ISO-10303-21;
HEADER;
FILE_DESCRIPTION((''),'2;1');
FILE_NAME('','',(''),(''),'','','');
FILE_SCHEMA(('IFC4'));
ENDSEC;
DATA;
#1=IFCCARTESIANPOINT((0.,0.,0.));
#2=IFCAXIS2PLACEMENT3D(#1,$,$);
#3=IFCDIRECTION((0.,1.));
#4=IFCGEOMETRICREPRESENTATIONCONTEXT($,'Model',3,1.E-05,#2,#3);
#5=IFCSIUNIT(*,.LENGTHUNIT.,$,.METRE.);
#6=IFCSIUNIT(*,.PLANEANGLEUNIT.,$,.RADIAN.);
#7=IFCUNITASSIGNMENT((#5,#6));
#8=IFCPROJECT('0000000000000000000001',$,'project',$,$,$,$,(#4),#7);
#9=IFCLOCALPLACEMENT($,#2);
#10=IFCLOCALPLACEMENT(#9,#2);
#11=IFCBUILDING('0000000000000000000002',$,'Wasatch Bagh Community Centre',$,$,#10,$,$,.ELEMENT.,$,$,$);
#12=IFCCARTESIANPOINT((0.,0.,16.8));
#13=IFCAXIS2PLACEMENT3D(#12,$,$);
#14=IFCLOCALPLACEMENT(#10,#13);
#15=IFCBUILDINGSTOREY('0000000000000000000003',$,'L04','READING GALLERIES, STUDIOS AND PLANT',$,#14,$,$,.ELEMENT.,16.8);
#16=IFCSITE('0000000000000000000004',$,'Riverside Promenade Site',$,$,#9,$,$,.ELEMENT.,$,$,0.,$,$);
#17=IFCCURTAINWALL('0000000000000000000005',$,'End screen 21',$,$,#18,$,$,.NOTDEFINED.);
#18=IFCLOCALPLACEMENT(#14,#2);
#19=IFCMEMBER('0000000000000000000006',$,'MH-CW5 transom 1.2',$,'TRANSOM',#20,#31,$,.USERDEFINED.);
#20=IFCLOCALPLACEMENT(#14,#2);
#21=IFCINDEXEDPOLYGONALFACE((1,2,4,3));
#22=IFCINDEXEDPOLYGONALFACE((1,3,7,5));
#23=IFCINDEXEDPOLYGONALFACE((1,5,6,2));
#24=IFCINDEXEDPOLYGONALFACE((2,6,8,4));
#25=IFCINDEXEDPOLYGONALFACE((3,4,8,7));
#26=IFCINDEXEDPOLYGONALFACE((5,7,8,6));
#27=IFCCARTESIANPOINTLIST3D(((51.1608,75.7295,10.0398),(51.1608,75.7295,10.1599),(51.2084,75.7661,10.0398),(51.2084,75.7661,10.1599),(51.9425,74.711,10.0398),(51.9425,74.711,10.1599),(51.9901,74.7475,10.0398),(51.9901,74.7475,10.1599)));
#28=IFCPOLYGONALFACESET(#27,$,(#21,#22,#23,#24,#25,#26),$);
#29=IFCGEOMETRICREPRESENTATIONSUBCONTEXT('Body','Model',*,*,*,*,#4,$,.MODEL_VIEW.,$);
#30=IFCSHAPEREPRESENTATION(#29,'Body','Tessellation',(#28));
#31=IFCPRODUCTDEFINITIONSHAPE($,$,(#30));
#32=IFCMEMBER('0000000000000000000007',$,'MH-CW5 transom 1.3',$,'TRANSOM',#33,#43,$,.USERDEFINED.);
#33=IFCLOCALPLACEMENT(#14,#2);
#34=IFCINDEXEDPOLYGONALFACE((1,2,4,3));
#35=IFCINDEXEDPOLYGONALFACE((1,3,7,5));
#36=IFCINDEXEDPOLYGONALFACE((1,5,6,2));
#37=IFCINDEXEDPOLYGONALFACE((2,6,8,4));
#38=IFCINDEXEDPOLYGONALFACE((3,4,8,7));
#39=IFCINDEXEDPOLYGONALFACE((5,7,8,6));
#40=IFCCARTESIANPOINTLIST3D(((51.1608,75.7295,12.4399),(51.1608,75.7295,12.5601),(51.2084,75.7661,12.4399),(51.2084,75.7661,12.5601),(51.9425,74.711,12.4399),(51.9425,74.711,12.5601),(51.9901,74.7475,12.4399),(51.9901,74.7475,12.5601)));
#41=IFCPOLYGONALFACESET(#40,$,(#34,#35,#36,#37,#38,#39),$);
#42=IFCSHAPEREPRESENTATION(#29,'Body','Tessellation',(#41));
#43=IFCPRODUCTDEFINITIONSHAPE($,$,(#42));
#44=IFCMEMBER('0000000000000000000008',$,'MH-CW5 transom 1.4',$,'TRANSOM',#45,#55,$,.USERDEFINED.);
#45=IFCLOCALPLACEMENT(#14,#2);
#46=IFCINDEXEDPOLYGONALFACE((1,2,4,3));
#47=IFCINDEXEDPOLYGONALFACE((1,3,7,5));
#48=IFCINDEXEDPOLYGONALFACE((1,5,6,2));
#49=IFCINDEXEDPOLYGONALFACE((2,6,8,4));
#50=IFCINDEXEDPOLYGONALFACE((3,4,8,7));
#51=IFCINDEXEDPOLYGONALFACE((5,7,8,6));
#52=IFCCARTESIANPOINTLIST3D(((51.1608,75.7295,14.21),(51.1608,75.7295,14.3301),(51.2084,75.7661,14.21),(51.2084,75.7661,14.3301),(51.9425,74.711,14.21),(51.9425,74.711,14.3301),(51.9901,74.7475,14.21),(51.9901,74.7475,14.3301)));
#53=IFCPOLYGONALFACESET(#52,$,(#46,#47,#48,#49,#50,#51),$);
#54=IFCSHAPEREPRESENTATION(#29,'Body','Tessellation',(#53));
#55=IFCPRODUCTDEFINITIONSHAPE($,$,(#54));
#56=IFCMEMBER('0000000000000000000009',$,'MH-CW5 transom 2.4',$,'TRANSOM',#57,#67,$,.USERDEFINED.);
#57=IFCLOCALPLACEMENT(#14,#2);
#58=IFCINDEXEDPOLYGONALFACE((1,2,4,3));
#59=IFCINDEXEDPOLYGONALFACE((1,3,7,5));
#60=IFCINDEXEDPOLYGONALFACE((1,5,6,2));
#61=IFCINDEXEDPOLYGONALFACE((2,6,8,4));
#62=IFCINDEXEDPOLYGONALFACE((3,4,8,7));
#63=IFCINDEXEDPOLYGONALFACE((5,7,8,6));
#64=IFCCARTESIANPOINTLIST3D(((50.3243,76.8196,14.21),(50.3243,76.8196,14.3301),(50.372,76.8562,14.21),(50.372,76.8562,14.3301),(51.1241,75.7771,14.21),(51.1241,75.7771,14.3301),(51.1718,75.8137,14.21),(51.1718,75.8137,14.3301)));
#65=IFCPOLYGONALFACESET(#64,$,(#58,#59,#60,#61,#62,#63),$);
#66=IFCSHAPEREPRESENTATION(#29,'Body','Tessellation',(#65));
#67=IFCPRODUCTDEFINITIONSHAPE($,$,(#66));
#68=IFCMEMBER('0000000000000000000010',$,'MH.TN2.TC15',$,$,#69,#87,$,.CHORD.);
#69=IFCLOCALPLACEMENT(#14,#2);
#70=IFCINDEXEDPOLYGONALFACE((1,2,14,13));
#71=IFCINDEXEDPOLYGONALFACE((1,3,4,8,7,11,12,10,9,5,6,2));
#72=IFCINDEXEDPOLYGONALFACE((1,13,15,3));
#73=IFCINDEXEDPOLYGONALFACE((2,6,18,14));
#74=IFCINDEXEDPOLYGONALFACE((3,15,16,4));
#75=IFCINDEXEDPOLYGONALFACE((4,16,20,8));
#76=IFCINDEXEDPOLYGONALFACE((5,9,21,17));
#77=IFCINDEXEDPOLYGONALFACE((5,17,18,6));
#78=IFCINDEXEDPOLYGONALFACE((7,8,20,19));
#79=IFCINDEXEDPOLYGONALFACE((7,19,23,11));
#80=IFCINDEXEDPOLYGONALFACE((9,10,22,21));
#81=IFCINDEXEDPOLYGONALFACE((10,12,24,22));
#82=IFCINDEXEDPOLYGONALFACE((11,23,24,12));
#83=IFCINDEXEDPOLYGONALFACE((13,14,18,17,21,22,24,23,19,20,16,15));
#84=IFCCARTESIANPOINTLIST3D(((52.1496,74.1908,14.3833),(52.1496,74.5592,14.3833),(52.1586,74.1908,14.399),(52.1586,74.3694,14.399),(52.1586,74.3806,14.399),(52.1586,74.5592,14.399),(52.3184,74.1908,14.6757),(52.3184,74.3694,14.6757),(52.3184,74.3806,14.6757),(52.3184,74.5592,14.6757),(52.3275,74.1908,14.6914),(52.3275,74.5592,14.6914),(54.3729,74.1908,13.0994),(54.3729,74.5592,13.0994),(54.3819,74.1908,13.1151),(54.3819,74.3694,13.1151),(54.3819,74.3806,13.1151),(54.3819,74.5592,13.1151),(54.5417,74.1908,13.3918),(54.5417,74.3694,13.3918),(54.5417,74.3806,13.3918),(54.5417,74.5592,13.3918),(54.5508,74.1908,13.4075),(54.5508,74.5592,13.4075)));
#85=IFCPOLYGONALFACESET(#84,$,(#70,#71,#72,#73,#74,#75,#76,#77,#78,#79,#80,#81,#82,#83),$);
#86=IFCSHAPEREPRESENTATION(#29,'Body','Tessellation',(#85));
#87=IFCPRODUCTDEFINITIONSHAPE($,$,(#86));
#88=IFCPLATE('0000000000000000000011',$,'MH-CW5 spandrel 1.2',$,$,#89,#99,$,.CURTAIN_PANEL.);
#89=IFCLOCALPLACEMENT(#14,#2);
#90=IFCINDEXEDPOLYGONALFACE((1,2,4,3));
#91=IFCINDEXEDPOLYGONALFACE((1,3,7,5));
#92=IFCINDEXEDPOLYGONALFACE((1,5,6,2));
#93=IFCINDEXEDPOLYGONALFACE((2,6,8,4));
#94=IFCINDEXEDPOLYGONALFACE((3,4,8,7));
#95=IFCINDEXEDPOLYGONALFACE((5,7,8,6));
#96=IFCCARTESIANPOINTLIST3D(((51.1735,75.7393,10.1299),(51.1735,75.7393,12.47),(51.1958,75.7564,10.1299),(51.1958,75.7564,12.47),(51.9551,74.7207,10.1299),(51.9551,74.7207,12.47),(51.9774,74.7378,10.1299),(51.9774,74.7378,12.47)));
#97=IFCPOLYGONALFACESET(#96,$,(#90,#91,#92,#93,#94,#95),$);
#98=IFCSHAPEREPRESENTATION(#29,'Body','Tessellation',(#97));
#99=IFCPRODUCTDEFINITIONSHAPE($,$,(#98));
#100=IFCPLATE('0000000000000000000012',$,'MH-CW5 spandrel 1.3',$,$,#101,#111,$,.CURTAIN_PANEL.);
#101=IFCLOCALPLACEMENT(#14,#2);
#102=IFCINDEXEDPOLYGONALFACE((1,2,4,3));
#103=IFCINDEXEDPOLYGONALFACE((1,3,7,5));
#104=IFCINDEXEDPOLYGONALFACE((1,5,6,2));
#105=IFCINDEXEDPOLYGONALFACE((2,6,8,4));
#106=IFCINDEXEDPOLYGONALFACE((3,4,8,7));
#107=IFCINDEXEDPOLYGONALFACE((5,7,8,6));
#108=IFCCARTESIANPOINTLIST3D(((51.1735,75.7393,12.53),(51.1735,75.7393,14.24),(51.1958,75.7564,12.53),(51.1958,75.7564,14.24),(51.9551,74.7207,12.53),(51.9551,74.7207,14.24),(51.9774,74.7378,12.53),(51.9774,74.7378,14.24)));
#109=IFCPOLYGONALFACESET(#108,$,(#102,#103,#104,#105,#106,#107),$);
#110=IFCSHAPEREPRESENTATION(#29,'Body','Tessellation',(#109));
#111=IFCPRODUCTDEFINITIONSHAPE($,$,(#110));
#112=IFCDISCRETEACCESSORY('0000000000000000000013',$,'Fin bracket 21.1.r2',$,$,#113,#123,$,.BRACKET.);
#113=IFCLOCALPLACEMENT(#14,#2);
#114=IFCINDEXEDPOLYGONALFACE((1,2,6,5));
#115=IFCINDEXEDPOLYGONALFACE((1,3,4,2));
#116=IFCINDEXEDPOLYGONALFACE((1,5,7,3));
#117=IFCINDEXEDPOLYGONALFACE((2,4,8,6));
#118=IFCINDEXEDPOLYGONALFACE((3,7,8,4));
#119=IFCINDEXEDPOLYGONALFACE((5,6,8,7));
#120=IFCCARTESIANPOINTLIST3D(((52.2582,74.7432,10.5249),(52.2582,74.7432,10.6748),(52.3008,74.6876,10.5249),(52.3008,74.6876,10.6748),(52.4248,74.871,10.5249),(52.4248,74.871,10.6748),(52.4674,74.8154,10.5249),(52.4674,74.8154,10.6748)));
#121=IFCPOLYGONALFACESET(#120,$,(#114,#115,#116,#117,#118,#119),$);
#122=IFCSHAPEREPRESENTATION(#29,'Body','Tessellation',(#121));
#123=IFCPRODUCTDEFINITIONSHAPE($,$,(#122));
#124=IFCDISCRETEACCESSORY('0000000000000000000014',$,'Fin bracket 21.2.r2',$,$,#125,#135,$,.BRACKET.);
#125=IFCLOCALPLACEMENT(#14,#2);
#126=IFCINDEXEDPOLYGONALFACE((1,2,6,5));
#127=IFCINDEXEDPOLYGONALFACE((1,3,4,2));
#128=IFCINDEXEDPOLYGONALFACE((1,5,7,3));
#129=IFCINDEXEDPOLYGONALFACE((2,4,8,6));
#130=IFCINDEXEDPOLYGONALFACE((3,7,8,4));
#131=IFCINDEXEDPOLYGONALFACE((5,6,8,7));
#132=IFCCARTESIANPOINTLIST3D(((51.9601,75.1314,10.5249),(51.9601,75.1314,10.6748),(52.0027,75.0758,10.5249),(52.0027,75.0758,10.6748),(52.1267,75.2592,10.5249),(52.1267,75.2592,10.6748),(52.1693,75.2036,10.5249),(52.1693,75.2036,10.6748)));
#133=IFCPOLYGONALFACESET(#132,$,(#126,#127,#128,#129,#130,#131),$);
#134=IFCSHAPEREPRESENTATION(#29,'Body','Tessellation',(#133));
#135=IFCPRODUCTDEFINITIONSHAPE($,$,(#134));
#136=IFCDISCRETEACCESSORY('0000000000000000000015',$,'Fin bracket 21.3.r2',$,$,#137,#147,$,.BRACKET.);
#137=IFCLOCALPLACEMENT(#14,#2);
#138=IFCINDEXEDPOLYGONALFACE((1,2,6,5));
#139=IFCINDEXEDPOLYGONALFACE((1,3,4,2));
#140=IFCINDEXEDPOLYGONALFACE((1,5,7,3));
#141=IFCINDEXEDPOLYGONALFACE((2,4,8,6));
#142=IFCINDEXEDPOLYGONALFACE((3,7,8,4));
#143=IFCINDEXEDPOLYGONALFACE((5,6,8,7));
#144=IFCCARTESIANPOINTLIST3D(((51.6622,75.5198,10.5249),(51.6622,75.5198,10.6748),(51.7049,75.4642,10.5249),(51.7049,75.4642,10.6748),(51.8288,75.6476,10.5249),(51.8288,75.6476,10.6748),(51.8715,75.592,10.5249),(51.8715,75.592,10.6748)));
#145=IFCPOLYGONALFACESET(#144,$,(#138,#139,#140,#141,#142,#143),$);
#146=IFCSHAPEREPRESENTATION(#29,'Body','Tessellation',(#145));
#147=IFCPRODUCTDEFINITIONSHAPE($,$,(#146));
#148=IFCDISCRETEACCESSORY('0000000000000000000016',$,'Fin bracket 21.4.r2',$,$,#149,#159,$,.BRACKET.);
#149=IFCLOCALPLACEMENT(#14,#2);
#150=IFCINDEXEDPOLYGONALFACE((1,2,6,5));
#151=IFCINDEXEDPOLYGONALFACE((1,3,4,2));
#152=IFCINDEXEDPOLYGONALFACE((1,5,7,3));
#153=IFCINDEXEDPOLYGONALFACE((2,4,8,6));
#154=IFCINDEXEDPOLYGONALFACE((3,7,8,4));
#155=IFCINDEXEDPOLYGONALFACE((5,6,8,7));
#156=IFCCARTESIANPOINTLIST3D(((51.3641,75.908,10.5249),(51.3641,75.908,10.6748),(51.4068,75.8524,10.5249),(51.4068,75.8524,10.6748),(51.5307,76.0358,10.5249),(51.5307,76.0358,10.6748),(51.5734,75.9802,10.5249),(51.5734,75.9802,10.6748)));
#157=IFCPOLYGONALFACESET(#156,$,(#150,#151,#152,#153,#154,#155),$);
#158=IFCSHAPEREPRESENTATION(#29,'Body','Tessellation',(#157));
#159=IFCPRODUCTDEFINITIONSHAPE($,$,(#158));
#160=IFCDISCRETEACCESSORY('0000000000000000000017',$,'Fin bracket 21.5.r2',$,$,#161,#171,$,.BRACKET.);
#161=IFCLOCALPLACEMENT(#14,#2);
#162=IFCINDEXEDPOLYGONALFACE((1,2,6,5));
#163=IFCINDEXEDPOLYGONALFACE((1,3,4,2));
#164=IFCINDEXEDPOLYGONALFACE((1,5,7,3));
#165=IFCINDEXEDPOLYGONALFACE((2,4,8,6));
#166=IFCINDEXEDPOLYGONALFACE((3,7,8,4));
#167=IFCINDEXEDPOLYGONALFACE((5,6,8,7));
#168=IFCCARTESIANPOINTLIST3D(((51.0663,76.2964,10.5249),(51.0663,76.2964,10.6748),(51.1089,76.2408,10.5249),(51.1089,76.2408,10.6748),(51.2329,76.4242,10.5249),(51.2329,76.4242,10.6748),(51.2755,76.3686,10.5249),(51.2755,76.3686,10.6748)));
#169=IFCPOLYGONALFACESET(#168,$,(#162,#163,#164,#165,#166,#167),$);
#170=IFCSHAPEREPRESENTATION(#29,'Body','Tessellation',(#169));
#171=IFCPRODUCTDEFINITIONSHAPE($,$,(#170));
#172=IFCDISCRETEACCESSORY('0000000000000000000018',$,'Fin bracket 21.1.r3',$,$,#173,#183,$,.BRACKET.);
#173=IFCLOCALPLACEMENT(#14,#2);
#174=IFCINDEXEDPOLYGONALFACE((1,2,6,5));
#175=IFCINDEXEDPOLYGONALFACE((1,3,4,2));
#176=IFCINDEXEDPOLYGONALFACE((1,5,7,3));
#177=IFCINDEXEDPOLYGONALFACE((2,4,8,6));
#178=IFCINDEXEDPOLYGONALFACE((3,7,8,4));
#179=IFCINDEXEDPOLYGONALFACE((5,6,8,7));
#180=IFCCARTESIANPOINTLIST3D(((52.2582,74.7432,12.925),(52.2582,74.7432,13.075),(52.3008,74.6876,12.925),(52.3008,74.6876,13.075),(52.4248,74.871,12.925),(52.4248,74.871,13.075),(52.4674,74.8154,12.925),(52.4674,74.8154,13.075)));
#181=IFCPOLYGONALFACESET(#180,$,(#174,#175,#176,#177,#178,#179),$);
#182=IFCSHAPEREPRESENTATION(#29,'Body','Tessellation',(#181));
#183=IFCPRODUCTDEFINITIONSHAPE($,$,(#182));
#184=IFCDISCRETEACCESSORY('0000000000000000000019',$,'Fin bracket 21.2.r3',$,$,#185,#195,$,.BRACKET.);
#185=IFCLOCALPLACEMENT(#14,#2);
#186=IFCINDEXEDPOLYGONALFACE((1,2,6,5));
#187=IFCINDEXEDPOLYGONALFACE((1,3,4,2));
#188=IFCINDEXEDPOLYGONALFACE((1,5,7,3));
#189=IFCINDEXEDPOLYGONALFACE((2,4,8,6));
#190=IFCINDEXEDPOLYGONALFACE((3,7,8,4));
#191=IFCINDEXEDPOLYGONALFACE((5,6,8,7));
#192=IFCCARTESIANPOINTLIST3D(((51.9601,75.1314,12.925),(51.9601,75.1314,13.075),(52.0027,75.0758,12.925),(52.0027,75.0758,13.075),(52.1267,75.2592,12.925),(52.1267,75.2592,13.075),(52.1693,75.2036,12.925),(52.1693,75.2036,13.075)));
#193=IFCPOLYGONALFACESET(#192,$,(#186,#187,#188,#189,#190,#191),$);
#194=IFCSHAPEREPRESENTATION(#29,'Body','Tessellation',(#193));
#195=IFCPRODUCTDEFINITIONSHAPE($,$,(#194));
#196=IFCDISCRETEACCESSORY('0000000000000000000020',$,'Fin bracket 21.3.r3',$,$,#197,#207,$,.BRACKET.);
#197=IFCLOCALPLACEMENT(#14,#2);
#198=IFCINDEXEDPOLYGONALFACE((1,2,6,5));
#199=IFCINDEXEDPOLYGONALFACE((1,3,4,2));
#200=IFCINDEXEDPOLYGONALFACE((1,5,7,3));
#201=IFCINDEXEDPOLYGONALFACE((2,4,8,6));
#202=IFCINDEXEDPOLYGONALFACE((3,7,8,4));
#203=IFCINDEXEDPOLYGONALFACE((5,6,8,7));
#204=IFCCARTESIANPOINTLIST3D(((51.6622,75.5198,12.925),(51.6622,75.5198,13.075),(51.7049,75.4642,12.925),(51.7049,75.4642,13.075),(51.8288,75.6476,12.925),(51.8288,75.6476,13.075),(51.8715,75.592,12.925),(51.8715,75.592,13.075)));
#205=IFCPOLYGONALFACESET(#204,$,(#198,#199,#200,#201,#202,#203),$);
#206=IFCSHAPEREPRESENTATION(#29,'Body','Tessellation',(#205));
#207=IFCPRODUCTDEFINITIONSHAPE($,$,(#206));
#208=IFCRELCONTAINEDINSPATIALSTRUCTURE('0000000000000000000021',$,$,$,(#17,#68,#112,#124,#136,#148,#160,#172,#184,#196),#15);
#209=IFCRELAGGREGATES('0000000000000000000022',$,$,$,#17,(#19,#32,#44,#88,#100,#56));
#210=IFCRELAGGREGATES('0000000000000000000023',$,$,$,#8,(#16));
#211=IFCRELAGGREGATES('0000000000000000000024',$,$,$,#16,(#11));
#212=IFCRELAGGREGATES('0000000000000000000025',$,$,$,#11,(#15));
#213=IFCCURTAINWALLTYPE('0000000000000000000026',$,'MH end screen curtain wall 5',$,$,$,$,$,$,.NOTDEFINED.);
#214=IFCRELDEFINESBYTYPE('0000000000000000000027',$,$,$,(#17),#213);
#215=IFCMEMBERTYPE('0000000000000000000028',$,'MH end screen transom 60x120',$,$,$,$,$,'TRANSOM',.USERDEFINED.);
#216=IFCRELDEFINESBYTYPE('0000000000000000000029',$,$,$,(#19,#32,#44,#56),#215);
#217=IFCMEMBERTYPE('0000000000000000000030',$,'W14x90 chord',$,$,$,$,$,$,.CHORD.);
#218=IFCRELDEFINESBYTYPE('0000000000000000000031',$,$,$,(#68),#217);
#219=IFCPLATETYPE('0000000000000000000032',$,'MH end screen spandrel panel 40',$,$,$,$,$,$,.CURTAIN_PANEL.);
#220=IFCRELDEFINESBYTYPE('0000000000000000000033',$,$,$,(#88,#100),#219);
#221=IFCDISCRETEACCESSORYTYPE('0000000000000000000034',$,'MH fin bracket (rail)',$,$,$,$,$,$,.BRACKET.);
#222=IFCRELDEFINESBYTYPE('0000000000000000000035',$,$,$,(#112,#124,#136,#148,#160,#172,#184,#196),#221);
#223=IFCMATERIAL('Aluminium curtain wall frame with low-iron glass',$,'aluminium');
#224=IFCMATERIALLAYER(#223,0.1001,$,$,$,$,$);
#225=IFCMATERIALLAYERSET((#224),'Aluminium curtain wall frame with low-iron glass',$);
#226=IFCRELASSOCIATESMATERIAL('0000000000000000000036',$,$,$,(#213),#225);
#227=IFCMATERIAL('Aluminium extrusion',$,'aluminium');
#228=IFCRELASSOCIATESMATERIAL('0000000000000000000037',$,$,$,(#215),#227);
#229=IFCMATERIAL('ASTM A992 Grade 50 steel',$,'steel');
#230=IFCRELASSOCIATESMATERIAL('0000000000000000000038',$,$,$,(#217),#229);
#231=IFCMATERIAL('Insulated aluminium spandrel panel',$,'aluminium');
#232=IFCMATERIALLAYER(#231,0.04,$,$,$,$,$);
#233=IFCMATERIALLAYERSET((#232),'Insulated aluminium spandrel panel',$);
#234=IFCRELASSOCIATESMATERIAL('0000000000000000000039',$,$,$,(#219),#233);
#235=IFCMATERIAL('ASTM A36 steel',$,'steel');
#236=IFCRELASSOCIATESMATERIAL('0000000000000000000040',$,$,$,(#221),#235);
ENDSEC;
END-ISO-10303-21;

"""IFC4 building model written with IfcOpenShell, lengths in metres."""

from ifc_helpers import new_model, si_unit, direction, frame, origin, origin_2d, place, context, subcontext, project, spatial, rectangle, i_section, extrude, material, layer, layer_set, material_profile, profile_set, type_object, element, aggregate, save


model = new_model("IFC4")

# Units and contexts
model_context = context("Model", 3, precision=1e-05, world=origin(), true_north=direction((0.0, 1.0)))
body_context = subcontext(model_context, "Body", "Model", "MODEL_VIEW")
ifc_project = project(units=[si_unit("LENGTHUNIT", "METRE"), si_unit("PLANEANGLEUNIT", "RADIAN")], contexts=[model_context])

# Site, building, storey
site_placement = place(None, origin())
site = spatial("IfcSite", under=ifc_project, at=site_placement, Name="Riverside Promenade Site", CompositionType="ELEMENT", RefElevation=0.0)
building_placement = place(site_placement, origin())
building = spatial("IfcBuilding", under=site, at=building_placement, Name="Wasatch Bagh Community Centre", CompositionType="ELEMENT")
storey_placement = place(building_placement, frame((0.0, 0.0, 16.8)))
storey = spatial("IfcBuildingStorey", under=building, at=storey_placement, Name="L04", Description="READING GALLERIES, STUDIOS AND PLANT", CompositionType="ELEMENT", Elevation=16.8)

# Curtain wall, members
ifc_material_1 = material(Name="Aluminium curtain wall frame with low-iron glass", Category="aluminium")
ifc_layer_1 = layer(ifc_material_1, 0.1001)
ifc_layer_set_1 = layer_set([ifc_layer_1], Name="Aluminium curtain wall frame with low-iron glass")
curtain_wall_type = type_object("IfcCurtainWallType", Name="MH end screen curtain wall 5", PredefinedType="NOTDEFINED", material=ifc_layer_set_1)
curtain_wall_placement = place(storey_placement, origin())
curtain_wall = element("IfcCurtainWall", 1, at=curtain_wall_placement, inside=storey, type_object=curtain_wall_type, Name="End screen 21", PredefinedType="NOTDEFINED")
ifc_material_2 = material(Name="Aluminium extrusion", Category="aluminium")
ifc_material_profile_1 = material_profile(ifc_material_2, rectangle(XDim=0.0601, YDim=0.1201, at=origin_2d()), Name="AL 60x120")
ifc_profile_set_1 = profile_set([ifc_material_profile_1], Name="Aluminium extrusion")
member_type_1 = type_object("IfcMemberType", Name="MH end screen transom 60x120", ElementType="TRANSOM", PredefinedType="USERDEFINED", material=ifc_profile_set_1)
member_1_placement = place(storey_placement, frame((51.9663, 74.7292, 10.0999), z_axis=(-0.608847, 0.793288, 0.0), x_axis=(-0.793288, -0.608847, 0.0)))
member_1 = element("IfcMember", 2, at=member_1_placement, type_object=member_type_1, Name="MH-CW5 transom 1.2", ObjectType="TRANSOM", PredefinedType="USERDEFINED", context=body_context, shape_type="SweptSolid", body=[
    extrude(rectangle(XDim=0.0601, YDim=0.1201, at=origin_2d()), origin(), (0.0, 0.0, 1.0), 1.2839),
])
member_2_placement = place(storey_placement, frame((51.9663, 74.7292, 12.5), z_axis=(-0.608847, 0.793288, 0.0), x_axis=(-0.793288, -0.608847, 0.0)))
member_2 = element("IfcMember", 3, at=member_2_placement, type_object=member_type_1, Name="MH-CW5 transom 1.3", ObjectType="TRANSOM", PredefinedType="USERDEFINED", context=body_context, shape_type="SweptSolid", body=[
    extrude(rectangle(XDim=0.0601, YDim=0.1201, at=origin_2d()), origin(), (0.0, 0.0, 1.0), 1.2839),
])
member_3_placement = place(storey_placement, frame((51.9663, 74.7292, 14.27), z_axis=(-0.608847, 0.793288, 0.0), x_axis=(-0.793288, -0.608847, 0.0)))
member_3 = element("IfcMember", 4, at=member_3_placement, type_object=member_type_1, Name="MH-CW5 transom 1.4", ObjectType="TRANSOM", PredefinedType="USERDEFINED", context=body_context, shape_type="SweptSolid", body=[
    extrude(rectangle(XDim=0.0601, YDim=0.1201, at=origin_2d()), origin(), (0.0, 0.0, 1.0), 1.2839),
])
member_4_placement = place(storey_placement, frame((51.1479, 75.7954, 14.27), z_axis=(-0.608705, 0.793397, 0.0), x_axis=(-0.793397, -0.608705, 0.0)))
member_4 = element("IfcMember", 5, at=member_4_placement, type_object=member_type_1, Name="MH-CW5 transom 2.4", ObjectType="TRANSOM", PredefinedType="USERDEFINED", context=body_context, shape_type="SweptSolid", body=[
    extrude(rectangle(XDim=0.0601, YDim=0.1201, at=origin_2d()), origin(), (0.0, 0.0, 1.0), 1.314),
])

# Member
ifc_material_3 = material(Name="ASTM A992 Grade 50 steel", Category="steel")
ifc_material_profile_2 = material_profile(ifc_material_3, i_section(OverallWidth=0.3684, OverallDepth=0.3557, WebThickness=0.0112, FlangeThickness=0.0181, at=origin_2d()), Name="W14x90")
ifc_profile_set_2 = profile_set([ifc_material_profile_2], Name="ASTM A992 Grade 50 steel")
member_type_2 = type_object("IfcMemberType", Name="W14x90 chord", PredefinedType="CHORD", material=ifc_profile_set_2)
member_5_placement = place(storey_placement, frame((52.2385, 74.375, 14.5374), z_axis=(0.865981, 0.0, -0.500076), x_axis=(0.0, 1.0, 0.0)))
element("IfcMember", 6, at=member_5_placement, inside=storey, type_object=member_type_2, Name="MH.TN2.TC15", PredefinedType="CHORD", context=body_context, shape_type="SweptSolid", body=[
    extrude(i_section(OverallWidth=0.3684, OverallDepth=0.3557, WebThickness=0.0112, FlangeThickness=0.0181, at=origin_2d()), origin(), (0.0, 0.0, 1.0), 2.5674),
])

# Plates
ifc_material_4 = material(Name="Insulated aluminium spandrel panel", Category="aluminium")
ifc_layer_2 = layer(ifc_material_4, 0.04)
ifc_layer_set_2 = layer_set([ifc_layer_2], Name="Insulated aluminium spandrel panel")
plate_type = type_object("IfcPlateType", Name="MH end screen spandrel panel 40", PredefinedType="CURTAIN_PANEL", material=ifc_layer_set_2)
plate_1_placement = place(storey_placement, frame((51.5754, 75.2385, 10.1299), z_axis=(0.0, 0.0, 1.0), x_axis=(-0.608761, 0.793353, 0.0)))
plate_1 = element("IfcPlate", 7, at=plate_1_placement, type_object=plate_type, Name="MH-CW5 spandrel 1.2", PredefinedType="CURTAIN_PANEL", context=body_context, shape_type="SweptSolid", body=[
    extrude(rectangle(XDim=1.2839, YDim=0.0281, at=origin_2d()), origin(), (0.0, 0.0, 1.0), 2.3401),
])
plate_2_placement = place(storey_placement, frame((51.5754, 75.2385, 12.53), z_axis=(0.0, 0.0, 1.0), x_axis=(-0.608761, 0.793353, 0.0)))
plate_2 = element("IfcPlate", 8, at=plate_2_placement, type_object=plate_type, Name="MH-CW5 spandrel 1.3", PredefinedType="CURTAIN_PANEL", context=body_context, shape_type="SweptSolid", body=[
    extrude(rectangle(XDim=1.2839, YDim=0.0281, at=origin_2d()), origin(), (0.0, 0.0, 1.0), 1.71),
])
aggregate(curtain_wall, [member_1, member_2, member_3, plate_1, plate_2, member_4])

# Discrete accessories
ifc_material_5 = material(Name="ASTM A36 steel", Category="steel")
discrete_accessory_type_1 = type_object("IfcDiscreteAccessoryType", Name="MH fin bracket (rail)", PredefinedType="BRACKET", material=ifc_material_5)
for number, where, z_axis, x_axis, name in (
    (9, (52.3628, 74.7793, 10.5249), (0.0, 0.0, 1.0), (-0.608761, 0.793353, 0.0), "Fin bracket 21.1.r2"),
    (10, (52.0647, 75.1675, 10.5249), (0.0, 0.0, 1.0), (-0.608761, 0.793353, 0.0), "Fin bracket 21.2.r2"),
    (11, (51.7668, 75.5559, 10.5249), (0.0, 0.0, 1.0), (-0.608761, 0.793353, 0.0), "Fin bracket 21.3.r2"),
    (12, (51.4688, 75.9441, 10.5249), (0.0, 0.0, 1.0), (-0.608761, 0.793353, 0.0), "Fin bracket 21.4.r2"),
    (13, (51.1709, 76.3325, 10.5249), (0.0, 0.0, 1.0), (-0.608761, 0.793353, 0.0), "Fin bracket 21.5.r2"),
    (14, (52.3628, 74.7793, 12.925), (0.0, 0.0, 1.0), (-0.608761, 0.793353, 0.0), "Fin bracket 21.1.r3"),
    (15, (52.0647, 75.1675, 12.925), (0.0, 0.0, 1.0), (-0.608761, 0.793353, 0.0), "Fin bracket 21.2.r3"),
    (16, (51.7668, 75.5559, 12.925), (0.0, 0.0, 1.0), (-0.608761, 0.793353, 0.0), "Fin bracket 21.3.r3"),
):
    element("IfcDiscreteAccessory", number, at=place(storey_placement, frame(where, z_axis=z_axis, x_axis=x_axis)), inside=storey, type_object=discrete_accessory_type_1, Name=name, PredefinedType="BRACKET", context=body_context, shape_type="SweptSolid", body=[
        extrude(rectangle(XDim=0.0701, YDim=0.21, at=origin_2d()), origin(), (0.0, 0.0, 1.0), 0.1499),
    ])

save(model, "model.ifc")
